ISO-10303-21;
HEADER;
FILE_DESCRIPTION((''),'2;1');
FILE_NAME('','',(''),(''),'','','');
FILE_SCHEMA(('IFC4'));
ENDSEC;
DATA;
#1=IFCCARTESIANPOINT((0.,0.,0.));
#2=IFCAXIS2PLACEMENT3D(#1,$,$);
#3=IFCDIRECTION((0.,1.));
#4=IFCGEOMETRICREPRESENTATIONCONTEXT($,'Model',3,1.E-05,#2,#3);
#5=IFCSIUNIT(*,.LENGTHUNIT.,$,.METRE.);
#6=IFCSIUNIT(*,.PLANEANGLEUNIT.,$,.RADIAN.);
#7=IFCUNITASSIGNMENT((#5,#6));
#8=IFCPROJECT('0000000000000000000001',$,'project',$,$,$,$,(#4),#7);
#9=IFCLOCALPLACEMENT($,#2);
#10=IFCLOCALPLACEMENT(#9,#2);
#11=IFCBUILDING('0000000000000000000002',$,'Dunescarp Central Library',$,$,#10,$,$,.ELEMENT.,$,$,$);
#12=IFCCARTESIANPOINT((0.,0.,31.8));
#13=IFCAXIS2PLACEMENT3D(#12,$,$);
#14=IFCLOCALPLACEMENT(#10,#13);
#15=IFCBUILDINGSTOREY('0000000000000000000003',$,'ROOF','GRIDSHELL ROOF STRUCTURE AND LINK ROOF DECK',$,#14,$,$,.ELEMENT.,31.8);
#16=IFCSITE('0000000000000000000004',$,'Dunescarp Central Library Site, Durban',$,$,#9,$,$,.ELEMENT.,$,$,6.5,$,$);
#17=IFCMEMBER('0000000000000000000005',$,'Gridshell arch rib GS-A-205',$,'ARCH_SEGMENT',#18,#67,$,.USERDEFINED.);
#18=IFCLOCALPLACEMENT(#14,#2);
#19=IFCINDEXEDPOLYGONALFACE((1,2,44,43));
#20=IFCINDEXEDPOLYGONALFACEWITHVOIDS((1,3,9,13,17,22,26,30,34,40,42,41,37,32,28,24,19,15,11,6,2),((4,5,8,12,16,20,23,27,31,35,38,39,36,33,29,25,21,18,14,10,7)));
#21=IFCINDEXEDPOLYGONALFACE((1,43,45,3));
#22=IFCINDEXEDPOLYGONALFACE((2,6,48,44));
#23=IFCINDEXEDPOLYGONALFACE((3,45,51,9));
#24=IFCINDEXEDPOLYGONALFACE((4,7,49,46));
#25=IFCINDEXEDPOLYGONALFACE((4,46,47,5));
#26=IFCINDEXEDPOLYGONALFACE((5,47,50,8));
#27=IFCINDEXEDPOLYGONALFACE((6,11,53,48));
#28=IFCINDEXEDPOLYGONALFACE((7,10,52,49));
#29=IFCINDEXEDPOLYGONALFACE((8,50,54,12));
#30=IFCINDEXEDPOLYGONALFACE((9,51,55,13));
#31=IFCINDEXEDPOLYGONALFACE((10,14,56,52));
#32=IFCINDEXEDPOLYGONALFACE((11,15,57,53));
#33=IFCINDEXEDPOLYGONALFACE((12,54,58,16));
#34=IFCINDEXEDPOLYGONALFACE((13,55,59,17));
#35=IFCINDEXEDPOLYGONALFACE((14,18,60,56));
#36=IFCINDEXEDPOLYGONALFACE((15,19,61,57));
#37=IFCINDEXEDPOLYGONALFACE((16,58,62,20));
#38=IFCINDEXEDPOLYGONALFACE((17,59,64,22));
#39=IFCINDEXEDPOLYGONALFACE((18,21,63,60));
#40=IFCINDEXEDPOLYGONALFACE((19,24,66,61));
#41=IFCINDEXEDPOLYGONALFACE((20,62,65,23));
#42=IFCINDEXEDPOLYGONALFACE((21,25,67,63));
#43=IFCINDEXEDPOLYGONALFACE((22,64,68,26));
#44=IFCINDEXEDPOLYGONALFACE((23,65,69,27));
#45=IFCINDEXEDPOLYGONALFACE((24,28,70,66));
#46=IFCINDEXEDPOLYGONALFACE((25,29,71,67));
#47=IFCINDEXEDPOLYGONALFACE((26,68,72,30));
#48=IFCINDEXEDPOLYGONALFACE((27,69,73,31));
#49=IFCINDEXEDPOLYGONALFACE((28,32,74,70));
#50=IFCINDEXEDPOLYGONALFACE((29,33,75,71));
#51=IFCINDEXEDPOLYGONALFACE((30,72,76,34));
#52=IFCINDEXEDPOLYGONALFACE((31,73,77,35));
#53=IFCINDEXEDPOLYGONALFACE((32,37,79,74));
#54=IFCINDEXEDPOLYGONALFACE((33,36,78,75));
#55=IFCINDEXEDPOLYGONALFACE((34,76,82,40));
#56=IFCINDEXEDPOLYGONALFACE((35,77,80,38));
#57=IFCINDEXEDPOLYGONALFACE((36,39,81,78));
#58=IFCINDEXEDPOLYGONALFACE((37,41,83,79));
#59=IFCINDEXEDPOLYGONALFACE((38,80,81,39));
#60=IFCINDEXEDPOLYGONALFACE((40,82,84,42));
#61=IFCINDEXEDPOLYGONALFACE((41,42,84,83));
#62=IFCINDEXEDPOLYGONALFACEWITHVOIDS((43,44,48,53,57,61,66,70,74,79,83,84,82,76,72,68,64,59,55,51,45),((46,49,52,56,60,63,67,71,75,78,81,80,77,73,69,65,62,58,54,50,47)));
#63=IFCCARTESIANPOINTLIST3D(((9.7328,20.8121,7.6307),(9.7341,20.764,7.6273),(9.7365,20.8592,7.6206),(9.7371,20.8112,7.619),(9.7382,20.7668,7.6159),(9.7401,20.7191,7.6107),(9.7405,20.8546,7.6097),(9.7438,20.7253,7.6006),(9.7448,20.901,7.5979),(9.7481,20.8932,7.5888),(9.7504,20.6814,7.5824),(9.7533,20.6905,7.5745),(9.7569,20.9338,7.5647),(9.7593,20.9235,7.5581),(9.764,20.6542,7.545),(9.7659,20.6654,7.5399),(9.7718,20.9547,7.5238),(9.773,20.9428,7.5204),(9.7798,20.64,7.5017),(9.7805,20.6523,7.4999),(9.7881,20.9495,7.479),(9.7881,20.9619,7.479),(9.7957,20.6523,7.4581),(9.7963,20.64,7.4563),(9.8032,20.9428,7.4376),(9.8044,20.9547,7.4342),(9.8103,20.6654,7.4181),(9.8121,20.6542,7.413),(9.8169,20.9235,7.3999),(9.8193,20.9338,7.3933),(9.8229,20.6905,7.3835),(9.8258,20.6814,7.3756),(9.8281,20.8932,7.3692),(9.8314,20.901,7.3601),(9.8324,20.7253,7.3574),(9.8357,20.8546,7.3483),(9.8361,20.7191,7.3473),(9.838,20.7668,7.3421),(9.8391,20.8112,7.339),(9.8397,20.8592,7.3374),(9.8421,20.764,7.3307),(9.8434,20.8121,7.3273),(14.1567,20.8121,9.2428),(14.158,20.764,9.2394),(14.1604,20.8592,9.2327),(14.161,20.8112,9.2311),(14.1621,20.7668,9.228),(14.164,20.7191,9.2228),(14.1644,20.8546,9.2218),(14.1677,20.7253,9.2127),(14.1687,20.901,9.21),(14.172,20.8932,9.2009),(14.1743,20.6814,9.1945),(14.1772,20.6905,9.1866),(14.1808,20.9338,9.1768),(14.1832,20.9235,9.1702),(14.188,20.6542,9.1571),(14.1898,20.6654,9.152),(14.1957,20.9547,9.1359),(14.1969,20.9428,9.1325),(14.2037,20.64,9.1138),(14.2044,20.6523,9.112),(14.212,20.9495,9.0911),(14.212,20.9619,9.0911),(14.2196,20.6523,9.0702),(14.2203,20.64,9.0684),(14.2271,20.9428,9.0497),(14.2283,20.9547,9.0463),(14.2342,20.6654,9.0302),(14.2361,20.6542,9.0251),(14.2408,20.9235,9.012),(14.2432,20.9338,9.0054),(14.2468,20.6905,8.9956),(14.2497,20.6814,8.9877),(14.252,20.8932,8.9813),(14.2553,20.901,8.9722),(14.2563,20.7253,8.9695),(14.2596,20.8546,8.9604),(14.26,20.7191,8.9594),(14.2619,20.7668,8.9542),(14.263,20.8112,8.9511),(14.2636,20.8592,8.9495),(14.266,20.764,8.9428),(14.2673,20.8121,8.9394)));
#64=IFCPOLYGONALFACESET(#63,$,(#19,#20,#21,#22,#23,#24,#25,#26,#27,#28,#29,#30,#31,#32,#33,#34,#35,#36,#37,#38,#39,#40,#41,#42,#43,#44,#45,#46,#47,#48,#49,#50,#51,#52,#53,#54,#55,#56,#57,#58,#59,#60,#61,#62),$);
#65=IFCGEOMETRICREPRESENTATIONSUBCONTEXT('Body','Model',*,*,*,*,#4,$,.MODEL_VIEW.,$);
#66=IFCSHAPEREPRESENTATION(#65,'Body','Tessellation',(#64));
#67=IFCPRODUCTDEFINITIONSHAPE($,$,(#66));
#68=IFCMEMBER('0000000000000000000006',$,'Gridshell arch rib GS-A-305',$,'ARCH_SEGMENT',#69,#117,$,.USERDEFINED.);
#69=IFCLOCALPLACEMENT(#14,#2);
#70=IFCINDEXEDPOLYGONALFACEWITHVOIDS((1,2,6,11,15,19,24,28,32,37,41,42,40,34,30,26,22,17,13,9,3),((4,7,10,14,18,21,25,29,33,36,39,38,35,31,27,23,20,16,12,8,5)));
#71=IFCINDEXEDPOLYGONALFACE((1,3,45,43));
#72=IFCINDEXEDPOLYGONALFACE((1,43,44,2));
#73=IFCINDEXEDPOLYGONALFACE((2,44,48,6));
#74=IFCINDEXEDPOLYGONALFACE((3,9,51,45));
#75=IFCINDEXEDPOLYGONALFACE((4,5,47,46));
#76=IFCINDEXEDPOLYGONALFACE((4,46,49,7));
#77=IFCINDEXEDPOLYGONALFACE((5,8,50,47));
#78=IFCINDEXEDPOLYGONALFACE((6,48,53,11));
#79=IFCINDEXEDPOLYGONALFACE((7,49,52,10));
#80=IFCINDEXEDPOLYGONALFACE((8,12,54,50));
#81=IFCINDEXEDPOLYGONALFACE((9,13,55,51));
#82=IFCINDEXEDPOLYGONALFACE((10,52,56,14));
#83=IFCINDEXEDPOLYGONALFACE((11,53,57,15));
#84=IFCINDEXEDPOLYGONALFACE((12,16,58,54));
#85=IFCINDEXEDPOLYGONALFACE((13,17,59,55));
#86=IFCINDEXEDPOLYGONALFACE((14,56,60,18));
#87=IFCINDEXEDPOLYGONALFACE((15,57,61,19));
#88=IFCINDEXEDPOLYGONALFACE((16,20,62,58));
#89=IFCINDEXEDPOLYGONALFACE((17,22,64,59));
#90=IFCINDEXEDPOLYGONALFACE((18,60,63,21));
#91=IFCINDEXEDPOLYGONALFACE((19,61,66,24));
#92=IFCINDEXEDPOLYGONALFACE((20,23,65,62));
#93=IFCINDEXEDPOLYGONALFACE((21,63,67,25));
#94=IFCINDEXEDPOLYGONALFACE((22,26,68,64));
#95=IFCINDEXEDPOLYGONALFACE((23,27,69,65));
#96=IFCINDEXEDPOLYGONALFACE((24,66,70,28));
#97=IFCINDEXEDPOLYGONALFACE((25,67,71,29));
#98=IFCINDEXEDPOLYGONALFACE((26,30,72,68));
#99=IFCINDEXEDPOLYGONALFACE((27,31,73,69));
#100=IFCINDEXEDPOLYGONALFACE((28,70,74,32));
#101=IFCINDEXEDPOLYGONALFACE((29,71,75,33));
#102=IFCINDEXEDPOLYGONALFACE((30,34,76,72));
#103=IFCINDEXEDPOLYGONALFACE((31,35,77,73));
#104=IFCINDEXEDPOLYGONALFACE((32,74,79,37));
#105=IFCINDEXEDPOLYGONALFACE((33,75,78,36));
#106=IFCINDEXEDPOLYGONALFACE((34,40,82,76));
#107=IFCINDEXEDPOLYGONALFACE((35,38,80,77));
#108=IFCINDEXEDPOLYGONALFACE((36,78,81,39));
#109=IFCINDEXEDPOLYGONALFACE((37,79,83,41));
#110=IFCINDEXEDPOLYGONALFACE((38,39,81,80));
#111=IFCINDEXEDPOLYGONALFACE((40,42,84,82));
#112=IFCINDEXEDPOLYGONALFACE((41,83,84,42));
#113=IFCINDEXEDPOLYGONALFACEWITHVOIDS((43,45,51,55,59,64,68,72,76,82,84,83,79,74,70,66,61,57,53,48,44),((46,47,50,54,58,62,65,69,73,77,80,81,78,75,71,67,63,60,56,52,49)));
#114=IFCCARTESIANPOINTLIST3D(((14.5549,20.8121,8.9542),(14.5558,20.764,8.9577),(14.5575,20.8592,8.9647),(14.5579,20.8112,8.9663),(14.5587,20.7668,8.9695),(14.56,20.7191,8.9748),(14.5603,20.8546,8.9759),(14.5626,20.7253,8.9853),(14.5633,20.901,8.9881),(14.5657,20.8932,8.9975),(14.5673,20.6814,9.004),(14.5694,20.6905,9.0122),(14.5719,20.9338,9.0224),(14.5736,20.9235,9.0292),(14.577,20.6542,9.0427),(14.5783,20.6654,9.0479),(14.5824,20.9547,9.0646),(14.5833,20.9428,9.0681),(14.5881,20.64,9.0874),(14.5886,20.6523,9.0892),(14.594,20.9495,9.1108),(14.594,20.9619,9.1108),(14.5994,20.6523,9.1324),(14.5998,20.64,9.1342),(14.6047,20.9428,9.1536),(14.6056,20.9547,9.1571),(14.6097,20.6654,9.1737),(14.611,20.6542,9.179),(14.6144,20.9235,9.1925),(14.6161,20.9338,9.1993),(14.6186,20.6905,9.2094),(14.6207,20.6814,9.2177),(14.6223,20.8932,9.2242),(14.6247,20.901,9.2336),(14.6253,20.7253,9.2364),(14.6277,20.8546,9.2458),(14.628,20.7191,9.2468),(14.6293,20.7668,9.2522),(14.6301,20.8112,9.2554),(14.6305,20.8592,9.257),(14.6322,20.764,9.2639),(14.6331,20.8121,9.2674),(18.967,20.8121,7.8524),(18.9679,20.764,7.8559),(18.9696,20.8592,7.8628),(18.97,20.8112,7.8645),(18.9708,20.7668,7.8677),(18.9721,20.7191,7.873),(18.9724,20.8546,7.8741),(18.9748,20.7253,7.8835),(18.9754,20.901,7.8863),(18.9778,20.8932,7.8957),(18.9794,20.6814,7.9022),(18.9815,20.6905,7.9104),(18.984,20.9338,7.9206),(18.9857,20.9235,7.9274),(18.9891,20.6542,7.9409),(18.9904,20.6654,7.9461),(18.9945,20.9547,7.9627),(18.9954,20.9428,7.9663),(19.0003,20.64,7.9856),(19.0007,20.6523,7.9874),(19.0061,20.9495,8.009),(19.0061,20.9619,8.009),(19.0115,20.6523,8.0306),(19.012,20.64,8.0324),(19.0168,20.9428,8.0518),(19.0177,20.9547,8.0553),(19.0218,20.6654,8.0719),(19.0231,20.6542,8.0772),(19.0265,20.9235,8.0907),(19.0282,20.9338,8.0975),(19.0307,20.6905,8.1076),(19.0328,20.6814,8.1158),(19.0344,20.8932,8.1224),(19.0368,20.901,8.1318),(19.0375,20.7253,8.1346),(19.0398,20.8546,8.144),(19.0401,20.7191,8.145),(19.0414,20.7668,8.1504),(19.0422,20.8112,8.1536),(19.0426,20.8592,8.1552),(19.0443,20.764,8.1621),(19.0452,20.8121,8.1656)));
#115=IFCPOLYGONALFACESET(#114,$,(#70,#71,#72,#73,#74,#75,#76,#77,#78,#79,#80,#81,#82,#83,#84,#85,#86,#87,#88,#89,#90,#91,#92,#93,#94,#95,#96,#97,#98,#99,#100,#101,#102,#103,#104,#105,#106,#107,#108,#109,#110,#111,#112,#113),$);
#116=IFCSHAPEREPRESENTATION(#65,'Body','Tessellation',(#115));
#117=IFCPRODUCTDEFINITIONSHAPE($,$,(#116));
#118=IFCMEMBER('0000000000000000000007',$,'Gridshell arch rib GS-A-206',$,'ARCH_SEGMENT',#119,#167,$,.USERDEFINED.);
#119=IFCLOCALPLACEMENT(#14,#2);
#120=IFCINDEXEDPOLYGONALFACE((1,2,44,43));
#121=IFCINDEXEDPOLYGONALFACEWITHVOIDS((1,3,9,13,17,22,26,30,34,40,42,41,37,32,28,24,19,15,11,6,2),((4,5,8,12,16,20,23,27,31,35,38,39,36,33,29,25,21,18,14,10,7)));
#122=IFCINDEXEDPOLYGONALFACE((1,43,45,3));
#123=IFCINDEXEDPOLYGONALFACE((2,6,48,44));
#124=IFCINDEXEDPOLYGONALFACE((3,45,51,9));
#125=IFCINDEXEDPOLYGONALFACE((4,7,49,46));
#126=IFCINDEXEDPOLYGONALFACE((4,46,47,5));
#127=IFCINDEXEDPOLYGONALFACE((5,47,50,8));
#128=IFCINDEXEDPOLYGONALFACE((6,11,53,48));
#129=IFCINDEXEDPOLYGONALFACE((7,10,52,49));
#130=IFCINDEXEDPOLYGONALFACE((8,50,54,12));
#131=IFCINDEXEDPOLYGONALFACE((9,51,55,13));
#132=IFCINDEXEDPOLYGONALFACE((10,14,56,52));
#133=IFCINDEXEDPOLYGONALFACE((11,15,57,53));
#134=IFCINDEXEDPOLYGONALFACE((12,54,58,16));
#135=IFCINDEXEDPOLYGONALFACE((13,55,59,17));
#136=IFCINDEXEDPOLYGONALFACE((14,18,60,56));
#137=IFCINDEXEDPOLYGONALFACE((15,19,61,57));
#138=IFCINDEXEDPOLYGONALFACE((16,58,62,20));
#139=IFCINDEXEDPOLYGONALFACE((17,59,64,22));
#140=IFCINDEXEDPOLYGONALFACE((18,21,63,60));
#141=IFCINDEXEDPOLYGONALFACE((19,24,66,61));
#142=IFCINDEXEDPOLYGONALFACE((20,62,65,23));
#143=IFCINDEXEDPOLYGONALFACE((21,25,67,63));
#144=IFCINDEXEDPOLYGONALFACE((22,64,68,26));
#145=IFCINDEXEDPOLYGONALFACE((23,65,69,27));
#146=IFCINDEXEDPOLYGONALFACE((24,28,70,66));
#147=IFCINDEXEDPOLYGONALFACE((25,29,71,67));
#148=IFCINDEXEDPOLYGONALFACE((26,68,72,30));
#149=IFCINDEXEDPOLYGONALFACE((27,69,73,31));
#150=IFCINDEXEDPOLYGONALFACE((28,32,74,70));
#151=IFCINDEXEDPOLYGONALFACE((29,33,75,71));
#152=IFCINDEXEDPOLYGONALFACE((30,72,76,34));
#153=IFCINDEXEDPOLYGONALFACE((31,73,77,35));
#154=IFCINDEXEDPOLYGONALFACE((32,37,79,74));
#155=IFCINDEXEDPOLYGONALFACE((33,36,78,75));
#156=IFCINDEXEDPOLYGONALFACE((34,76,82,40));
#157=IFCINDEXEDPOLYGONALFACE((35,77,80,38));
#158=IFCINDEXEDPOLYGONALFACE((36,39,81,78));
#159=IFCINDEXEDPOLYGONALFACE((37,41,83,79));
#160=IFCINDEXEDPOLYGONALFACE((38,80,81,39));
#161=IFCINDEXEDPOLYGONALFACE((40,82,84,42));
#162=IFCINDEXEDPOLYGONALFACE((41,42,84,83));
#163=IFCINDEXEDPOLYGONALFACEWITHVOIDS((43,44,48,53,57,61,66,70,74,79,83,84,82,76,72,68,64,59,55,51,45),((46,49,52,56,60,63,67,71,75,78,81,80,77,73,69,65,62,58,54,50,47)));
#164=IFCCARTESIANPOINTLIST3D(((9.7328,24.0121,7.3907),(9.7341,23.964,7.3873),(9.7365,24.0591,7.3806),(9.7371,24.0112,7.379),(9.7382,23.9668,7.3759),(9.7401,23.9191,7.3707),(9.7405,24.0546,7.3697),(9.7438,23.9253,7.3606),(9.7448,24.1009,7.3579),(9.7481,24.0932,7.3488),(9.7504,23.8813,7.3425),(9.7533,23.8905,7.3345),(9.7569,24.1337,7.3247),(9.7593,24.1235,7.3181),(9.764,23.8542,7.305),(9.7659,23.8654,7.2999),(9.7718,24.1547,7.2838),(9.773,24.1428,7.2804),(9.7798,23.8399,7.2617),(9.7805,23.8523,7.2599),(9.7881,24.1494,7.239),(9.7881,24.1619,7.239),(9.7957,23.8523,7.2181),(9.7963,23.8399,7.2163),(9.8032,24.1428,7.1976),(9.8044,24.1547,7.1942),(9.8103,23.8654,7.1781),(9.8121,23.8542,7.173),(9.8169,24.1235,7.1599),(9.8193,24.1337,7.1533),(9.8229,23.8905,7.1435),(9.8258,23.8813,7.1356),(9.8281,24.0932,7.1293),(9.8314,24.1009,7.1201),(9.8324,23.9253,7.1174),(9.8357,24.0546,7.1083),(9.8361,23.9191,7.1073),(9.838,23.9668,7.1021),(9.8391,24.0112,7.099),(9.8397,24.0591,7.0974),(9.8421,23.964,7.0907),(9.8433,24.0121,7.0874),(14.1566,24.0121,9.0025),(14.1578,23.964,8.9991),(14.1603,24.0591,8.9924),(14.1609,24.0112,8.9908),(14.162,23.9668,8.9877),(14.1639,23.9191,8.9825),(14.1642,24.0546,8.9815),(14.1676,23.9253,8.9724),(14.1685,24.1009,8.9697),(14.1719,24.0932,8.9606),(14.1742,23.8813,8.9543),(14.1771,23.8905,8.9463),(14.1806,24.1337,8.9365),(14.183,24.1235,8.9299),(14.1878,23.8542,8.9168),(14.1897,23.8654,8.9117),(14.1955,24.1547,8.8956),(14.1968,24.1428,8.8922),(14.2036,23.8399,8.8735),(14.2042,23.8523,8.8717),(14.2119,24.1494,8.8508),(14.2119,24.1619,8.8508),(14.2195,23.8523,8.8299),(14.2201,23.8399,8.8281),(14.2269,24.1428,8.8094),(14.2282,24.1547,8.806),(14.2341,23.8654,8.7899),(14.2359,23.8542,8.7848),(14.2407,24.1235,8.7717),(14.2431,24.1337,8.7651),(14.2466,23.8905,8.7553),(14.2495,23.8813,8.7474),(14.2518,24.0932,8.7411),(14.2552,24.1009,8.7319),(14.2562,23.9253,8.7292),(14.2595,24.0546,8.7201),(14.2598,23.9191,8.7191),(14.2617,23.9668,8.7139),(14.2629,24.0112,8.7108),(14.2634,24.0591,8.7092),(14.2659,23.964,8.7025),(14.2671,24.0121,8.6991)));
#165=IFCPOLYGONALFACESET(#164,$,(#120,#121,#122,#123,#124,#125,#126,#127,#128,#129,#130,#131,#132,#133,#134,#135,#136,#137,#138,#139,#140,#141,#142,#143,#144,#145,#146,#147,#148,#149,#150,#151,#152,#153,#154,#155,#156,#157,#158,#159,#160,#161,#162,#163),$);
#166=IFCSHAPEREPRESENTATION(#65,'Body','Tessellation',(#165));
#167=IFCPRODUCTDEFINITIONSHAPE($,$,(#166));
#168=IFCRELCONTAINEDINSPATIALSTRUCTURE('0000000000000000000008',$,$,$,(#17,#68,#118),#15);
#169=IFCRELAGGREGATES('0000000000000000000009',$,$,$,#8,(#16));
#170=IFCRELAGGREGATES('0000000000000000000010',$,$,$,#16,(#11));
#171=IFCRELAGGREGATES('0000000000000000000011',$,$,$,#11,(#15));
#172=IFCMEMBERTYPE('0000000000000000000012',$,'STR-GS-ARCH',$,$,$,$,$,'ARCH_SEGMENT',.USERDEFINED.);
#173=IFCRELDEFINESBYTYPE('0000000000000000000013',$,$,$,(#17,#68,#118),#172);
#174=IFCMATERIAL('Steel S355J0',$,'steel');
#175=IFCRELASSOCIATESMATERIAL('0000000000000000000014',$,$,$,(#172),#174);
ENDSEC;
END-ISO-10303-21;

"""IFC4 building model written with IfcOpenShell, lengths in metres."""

from ifc_helpers import new_model, si_unit, direction, frame, origin, origin_2d, place, context, subcontext, project, spatial, hollow_circle, extrude, material, material_profile, profile_set, type_object, element, save


model = new_model("IFC4")

# Units and contexts
model_context = context("Model", 3, precision=1e-05, world=origin(), true_north=direction((0.0, 1.0)))
body_context = subcontext(model_context, "Body", "Model", "MODEL_VIEW")
ifc_project = project(units=[si_unit("LENGTHUNIT", "METRE"), si_unit("PLANEANGLEUNIT", "RADIAN")], contexts=[model_context])

# Site, building, storey
site_placement = place(None, origin())
site = spatial("IfcSite", under=ifc_project, at=site_placement, Name="Dunescarp Central Library Site, Durban", CompositionType="ELEMENT", RefElevation=6.5)
building_placement = place(site_placement, origin())
building = spatial("IfcBuilding", under=site, at=building_placement, Name="Dunescarp Central Library", CompositionType="ELEMENT")
storey_placement = place(building_placement, frame((0.0, 0.0, 31.8)))
storey = spatial("IfcBuildingStorey", under=building, at=storey_placement, Name="ROOF", Description="GRIDSHELL ROOF STRUCTURE AND LINK ROOF DECK", CompositionType="ELEMENT", Elevation=31.8)

# Members
ifc_material_1 = material(Name="Steel S355J0", Category="steel")
ifc_material_profile_1 = material_profile(ifc_material_1, hollow_circle(Radius=0.1619, WallThickness=0.0125, at=origin_2d()), Name="CHS 323.9x12.5")
ifc_profile_set_1 = profile_set([ifc_material_profile_1], Name="Steel S355J0")
member_type_1 = type_object("IfcMemberType", Name="STR-GS-ARCH", ElementType="ARCH_SEGMENT", PredefinedType="USERDEFINED", material=ifc_profile_set_1)
member_1_placement = place(storey_placement, frame((9.7881, 20.8, 7.479), z_axis=(0.939562, 0.0, 0.34238), x_axis=(0.0, 1.0, 0.0)))
element("IfcMember", 1, at=member_1_placement, inside=storey, type_object=member_type_1, Name="Gridshell arch rib GS-A-205", ObjectType="ARCH_SEGMENT", PredefinedType="USERDEFINED", context=body_context, shape_type="SweptSolid", body=[
    extrude(hollow_circle(Radius=0.1619, WallThickness=0.0125, at=origin_2d()), origin(), (0.0, 0.0, 1.0), 4.7085),
])
member_2_placement = place(storey_placement, frame((14.594, 20.8, 9.1108), z_axis=(0.970206, 0.0, -0.242283), x_axis=(0.0, 1.0, 0.0)))
element("IfcMember", 2, at=member_2_placement, inside=storey, type_object=member_type_1, Name="Gridshell arch rib GS-A-305", ObjectType="ARCH_SEGMENT", PredefinedType="USERDEFINED", context=body_context, shape_type="SweptSolid", body=[
    extrude(hollow_circle(Radius=0.1619, WallThickness=0.0125, at=origin_2d()), origin(), (0.0, 0.0, 1.0), 4.5476),
])
member_3_placement = place(storey_placement, frame((9.7881, 24.0, 7.239), z_axis=(0.939578, 0.0, 0.342334), x_axis=(0.0, 1.0, 0.0)))
element("IfcMember", 3, at=member_3_placement, inside=storey, type_object=member_type_1, Name="Gridshell arch rib GS-A-206", ObjectType="ARCH_SEGMENT", PredefinedType="USERDEFINED", context=body_context, shape_type="SweptSolid", body=[
    extrude(hollow_circle(Radius=0.1619, WallThickness=0.0125, at=origin_2d()), origin(), (0.0, 0.0, 1.0), 4.7083),
])

save(model, "model.ifc")
